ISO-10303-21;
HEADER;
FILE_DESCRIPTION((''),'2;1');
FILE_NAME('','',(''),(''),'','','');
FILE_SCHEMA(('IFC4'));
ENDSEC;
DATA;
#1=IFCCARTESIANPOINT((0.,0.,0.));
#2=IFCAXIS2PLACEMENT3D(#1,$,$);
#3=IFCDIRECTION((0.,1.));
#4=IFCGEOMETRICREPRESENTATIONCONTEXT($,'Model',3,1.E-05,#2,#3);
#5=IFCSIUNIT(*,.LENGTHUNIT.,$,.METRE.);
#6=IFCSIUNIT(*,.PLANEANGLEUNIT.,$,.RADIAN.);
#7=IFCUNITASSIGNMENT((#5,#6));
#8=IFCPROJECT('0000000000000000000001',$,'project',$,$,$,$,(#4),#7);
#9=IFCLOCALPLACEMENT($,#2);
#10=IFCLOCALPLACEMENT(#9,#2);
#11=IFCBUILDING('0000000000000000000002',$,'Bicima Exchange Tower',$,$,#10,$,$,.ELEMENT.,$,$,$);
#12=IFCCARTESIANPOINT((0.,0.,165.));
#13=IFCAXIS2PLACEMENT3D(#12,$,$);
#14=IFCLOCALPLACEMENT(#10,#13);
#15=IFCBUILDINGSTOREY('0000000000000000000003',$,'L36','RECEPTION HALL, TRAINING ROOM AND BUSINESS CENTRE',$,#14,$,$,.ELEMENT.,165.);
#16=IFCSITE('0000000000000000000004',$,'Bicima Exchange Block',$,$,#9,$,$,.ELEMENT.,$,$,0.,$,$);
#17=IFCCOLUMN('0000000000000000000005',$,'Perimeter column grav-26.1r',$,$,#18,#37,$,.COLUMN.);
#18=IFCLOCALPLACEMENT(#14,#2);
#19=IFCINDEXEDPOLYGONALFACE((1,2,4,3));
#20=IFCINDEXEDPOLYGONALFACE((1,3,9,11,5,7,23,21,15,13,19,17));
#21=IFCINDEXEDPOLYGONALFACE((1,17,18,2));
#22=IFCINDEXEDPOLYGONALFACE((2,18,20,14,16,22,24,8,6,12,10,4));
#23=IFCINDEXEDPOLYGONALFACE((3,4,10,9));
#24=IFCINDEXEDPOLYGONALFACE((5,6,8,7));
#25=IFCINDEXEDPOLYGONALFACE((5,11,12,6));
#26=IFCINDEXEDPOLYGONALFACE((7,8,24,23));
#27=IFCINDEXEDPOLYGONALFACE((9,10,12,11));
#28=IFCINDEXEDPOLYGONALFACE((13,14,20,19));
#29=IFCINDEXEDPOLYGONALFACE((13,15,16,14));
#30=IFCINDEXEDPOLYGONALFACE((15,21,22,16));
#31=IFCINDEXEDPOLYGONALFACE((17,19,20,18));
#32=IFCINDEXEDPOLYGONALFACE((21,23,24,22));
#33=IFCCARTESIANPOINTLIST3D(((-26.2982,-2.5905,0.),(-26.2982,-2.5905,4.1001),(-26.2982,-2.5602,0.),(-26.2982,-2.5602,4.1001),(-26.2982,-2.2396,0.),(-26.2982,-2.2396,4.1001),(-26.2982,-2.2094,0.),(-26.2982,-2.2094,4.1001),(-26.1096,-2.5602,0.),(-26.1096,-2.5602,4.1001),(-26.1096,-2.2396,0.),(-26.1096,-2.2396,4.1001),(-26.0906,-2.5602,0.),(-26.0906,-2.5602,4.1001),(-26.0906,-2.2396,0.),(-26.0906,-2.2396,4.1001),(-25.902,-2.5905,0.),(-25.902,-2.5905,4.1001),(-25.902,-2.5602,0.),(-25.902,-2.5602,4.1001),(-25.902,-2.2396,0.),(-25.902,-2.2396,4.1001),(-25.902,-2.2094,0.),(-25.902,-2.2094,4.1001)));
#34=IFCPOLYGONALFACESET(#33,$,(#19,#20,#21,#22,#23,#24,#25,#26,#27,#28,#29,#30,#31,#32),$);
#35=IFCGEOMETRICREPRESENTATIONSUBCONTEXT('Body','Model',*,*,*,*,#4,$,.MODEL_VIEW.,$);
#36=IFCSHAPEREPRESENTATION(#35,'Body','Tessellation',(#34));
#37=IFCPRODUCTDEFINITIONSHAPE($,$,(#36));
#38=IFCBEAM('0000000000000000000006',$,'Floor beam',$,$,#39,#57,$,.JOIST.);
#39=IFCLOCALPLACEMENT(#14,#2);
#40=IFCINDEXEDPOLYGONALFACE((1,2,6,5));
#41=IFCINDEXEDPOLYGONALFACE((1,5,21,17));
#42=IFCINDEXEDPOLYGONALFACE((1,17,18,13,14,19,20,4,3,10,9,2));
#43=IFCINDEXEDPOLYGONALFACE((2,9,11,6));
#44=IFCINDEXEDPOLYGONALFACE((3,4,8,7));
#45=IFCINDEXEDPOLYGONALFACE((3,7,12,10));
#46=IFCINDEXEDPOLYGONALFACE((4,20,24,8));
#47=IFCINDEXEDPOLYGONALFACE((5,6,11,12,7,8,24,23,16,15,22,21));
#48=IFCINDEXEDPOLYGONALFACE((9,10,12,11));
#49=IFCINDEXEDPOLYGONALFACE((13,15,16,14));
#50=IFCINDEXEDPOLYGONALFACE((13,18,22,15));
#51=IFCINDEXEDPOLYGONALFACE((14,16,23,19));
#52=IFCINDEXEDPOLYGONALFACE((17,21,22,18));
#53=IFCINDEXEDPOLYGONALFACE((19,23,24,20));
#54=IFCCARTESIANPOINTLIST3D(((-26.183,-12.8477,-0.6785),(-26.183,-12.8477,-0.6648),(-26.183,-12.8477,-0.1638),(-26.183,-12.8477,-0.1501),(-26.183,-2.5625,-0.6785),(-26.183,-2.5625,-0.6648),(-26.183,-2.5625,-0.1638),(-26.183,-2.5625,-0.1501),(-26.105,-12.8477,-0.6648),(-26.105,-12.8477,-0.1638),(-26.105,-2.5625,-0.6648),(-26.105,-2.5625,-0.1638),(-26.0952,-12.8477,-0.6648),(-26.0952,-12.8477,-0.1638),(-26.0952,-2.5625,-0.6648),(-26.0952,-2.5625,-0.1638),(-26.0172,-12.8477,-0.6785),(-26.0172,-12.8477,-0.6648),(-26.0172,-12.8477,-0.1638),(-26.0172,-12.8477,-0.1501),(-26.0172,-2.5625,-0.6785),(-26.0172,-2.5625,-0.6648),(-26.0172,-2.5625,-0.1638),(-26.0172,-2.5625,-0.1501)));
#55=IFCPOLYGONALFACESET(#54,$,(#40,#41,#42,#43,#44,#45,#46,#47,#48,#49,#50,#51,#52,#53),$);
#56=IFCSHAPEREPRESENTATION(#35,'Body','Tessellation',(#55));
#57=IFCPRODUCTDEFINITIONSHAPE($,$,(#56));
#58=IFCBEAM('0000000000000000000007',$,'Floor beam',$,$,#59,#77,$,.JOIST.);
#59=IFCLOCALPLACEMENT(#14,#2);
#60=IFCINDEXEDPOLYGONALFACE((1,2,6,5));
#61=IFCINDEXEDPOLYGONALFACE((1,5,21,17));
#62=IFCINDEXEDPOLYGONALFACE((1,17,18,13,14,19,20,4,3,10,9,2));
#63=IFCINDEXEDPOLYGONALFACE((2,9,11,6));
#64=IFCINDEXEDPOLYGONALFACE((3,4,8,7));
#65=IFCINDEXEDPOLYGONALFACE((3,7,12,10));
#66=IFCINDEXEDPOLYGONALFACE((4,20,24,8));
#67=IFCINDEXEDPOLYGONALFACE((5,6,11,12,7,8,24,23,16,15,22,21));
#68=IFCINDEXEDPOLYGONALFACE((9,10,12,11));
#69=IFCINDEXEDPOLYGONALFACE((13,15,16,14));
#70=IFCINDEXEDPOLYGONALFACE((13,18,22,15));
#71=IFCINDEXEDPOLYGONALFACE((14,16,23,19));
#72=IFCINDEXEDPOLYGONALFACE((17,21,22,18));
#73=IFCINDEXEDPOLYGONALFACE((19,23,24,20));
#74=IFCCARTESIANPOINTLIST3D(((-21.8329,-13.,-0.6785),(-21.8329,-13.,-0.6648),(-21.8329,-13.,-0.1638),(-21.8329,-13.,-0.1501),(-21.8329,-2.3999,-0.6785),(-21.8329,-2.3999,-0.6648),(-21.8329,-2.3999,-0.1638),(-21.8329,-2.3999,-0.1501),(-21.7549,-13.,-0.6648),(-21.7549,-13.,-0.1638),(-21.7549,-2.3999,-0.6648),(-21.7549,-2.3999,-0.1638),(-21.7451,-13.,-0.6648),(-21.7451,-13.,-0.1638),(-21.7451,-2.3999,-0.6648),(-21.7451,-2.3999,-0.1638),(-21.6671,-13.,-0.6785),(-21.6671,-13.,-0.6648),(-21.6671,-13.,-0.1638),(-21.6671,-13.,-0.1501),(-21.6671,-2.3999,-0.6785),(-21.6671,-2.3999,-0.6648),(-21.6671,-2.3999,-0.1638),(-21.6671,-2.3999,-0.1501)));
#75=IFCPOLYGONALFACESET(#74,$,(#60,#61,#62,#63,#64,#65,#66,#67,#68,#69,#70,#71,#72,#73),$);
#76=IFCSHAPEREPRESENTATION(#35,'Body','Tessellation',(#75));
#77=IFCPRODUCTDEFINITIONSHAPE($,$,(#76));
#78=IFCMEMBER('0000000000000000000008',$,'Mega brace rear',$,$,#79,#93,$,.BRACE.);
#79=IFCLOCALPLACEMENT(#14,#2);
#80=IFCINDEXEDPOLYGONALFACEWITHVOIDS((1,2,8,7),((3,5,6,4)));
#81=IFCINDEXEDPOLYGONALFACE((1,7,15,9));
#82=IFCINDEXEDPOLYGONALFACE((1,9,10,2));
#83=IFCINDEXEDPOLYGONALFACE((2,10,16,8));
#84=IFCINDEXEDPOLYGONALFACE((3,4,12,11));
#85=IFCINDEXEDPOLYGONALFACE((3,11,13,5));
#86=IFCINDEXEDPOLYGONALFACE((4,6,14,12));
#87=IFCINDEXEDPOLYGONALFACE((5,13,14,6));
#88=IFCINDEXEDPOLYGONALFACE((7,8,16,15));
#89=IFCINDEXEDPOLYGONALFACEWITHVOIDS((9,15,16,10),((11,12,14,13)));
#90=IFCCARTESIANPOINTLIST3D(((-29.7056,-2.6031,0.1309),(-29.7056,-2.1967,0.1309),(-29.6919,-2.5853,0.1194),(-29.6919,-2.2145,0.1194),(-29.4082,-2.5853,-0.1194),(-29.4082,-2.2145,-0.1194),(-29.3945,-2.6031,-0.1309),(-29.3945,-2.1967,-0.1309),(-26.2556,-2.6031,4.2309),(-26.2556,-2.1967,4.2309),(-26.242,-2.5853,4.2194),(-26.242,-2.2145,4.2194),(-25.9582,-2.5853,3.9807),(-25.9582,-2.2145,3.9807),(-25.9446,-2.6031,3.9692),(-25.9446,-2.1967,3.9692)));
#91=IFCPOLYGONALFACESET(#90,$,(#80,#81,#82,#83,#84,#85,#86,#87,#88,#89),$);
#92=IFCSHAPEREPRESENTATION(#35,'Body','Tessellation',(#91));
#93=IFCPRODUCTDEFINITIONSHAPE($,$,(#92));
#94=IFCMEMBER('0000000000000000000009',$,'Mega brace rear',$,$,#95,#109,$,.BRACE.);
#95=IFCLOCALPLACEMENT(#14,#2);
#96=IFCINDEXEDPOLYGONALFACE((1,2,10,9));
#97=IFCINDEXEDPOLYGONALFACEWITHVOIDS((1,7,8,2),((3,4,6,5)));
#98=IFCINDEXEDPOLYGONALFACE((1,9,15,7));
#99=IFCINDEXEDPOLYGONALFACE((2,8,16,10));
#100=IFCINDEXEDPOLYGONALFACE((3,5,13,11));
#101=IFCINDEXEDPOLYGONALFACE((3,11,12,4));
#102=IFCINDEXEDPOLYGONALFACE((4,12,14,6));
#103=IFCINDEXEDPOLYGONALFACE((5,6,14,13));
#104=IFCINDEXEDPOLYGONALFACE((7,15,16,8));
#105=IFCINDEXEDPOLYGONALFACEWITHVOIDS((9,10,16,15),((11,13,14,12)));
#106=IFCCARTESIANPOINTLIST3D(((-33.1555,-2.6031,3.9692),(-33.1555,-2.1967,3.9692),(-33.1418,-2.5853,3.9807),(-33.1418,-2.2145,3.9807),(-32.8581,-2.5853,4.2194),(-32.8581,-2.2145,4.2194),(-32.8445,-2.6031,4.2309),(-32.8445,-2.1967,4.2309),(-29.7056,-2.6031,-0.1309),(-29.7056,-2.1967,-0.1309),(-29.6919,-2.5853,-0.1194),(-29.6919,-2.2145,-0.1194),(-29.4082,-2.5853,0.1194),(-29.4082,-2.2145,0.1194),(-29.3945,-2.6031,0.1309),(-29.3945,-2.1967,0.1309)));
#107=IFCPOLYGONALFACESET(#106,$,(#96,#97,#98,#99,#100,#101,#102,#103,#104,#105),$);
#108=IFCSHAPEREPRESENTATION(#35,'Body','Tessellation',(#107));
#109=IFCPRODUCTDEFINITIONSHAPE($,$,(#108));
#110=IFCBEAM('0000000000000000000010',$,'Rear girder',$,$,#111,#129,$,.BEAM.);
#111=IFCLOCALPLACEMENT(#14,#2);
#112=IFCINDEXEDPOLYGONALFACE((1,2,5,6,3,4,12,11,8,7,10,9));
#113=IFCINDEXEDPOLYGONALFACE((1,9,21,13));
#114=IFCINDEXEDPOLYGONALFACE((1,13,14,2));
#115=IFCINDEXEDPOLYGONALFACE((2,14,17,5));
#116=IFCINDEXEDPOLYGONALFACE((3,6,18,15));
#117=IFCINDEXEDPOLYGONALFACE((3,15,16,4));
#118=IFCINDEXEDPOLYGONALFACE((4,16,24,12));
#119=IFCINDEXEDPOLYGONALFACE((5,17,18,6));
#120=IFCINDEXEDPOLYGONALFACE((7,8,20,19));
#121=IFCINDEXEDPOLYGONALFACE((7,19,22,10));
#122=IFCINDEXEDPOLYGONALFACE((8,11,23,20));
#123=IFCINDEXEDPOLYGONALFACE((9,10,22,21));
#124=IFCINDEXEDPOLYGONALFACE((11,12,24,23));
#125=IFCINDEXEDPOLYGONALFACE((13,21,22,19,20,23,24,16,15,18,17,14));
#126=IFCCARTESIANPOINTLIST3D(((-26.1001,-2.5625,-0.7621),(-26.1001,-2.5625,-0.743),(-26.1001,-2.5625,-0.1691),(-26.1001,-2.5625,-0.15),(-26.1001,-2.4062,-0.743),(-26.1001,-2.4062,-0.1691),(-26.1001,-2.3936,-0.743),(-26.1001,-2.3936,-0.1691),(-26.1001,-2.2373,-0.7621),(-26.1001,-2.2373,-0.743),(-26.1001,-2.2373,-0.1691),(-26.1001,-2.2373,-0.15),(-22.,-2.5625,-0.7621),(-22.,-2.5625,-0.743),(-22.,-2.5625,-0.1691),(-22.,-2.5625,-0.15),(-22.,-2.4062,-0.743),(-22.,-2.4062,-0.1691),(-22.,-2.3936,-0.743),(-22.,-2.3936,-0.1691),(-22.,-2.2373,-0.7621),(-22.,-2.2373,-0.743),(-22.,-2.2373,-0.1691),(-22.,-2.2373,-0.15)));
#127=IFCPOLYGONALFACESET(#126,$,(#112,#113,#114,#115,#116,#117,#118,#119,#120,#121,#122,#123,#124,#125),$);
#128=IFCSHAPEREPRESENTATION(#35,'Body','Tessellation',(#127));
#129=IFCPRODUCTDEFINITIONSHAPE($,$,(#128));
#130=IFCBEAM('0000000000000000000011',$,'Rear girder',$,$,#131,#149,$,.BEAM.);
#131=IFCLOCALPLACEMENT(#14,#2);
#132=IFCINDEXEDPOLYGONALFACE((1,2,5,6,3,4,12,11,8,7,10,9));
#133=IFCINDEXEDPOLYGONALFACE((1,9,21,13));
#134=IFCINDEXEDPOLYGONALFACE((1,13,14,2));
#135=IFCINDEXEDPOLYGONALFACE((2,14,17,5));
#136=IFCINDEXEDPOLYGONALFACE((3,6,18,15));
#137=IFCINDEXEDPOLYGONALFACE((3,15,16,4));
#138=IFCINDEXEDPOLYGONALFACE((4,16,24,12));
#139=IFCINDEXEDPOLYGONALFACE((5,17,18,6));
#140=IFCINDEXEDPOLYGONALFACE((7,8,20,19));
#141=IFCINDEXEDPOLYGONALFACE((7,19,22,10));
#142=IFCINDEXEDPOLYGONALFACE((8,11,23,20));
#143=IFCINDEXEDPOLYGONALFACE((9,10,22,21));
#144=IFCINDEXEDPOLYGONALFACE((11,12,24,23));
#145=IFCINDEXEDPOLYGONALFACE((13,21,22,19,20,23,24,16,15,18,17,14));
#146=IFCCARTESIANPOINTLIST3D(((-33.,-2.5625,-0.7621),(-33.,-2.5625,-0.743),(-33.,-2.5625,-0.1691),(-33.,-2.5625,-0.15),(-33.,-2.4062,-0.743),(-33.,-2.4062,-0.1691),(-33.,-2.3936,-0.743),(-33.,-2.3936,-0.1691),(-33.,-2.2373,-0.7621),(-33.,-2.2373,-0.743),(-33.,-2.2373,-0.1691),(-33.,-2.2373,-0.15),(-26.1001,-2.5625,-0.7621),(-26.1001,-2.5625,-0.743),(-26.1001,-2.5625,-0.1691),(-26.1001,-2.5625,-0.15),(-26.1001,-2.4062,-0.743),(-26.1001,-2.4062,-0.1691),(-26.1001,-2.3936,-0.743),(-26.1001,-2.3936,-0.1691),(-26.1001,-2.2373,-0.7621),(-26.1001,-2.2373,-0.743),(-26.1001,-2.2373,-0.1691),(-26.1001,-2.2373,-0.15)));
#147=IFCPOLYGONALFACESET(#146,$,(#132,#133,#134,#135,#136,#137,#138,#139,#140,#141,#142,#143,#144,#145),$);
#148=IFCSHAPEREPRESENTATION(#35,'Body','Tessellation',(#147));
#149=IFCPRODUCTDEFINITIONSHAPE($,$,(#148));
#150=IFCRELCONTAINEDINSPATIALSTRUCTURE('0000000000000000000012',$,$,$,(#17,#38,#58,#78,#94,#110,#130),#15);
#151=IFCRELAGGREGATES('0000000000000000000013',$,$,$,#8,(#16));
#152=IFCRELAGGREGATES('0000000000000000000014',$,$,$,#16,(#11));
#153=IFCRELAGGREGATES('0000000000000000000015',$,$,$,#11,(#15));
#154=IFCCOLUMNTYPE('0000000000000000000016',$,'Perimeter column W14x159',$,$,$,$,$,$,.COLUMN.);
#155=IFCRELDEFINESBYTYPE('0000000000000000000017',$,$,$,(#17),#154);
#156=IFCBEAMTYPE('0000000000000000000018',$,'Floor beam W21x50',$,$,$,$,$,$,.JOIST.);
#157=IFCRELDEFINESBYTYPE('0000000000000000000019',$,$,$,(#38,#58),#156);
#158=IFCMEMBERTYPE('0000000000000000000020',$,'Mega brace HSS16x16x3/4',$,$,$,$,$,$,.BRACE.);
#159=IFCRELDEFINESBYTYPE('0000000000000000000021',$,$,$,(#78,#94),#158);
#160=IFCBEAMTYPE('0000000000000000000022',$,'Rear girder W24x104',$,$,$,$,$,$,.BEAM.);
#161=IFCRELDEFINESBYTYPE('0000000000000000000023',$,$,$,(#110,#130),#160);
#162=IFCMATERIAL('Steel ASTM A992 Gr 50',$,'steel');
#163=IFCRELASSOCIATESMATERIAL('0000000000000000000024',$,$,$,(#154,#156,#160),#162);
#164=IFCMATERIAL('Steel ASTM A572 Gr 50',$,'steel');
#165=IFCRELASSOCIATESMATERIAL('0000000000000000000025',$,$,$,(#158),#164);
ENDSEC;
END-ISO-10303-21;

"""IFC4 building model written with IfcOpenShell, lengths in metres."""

from ifc_helpers import new_model, si_unit, direction, frame, origin, origin_2d, place, context, subcontext, project, spatial, hollow_rectangle, i_section, extrude, material, material_profile, profile_set, type_object, element, save


model = new_model("IFC4")

# Units and contexts
model_context = context("Model", 3, precision=1e-05, world=origin(), true_north=direction((0.0, 1.0)))
body_context = subcontext(model_context, "Body", "Model", "MODEL_VIEW")
ifc_project = project(units=[si_unit("LENGTHUNIT", "METRE"), si_unit("PLANEANGLEUNIT", "RADIAN")], contexts=[model_context])

# Site, building, storey
site_placement = place(None, origin())
site = spatial("IfcSite", under=ifc_project, at=site_placement, Name="Bicima Exchange Block", CompositionType="ELEMENT", RefElevation=0.0)
building_placement = place(site_placement, origin())
building = spatial("IfcBuilding", under=site, at=building_placement, Name="Bicima Exchange Tower", CompositionType="ELEMENT")
storey_placement = place(building_placement, frame((0.0, 0.0, 165.0)))
storey = spatial("IfcBuildingStorey", under=building, at=storey_placement, Name="L36", Description="RECEPTION HALL, TRAINING ROOM AND BUSINESS CENTRE", CompositionType="ELEMENT", Elevation=165.0)

# Column
ifc_material_1 = material(Name="Steel ASTM A992 Gr 50", Category="steel")
ifc_material_profile_1 = material_profile(ifc_material_1, i_section(OverallWidth=0.3962, OverallDepth=0.3811, WebThickness=0.019, FlangeThickness=0.0303, at=origin_2d()))
ifc_profile_set_1 = profile_set([ifc_material_profile_1], Name="Steel ASTM A992 Gr 50")
column_type = type_object("IfcColumnType", Name="Perimeter column W14x159", PredefinedType="COLUMN", material=ifc_profile_set_1)
column_placement = place(storey_placement, frame((-26.1001, -2.3999, 0.0), z_axis=(0.0, 0.0, 1.0), x_axis=(1.0, 0.0, 0.0)))
element("IfcColumn", 1, at=column_placement, inside=storey, type_object=column_type, Name="Perimeter column grav-26.1r", PredefinedType="COLUMN", context=body_context, shape_type="SweptSolid", body=[
    extrude(i_section(OverallWidth=0.3962, OverallDepth=0.3811, WebThickness=0.019, FlangeThickness=0.0303, at=origin_2d()), origin(), (0.0, 0.0, 1.0), 4.1001),
])

# Beams
ifc_material_profile_2 = material_profile(ifc_material_1, i_section(OverallWidth=0.1658, OverallDepth=0.5283, WebThickness=0.0098, FlangeThickness=0.0137, at=origin_2d()))
ifc_profile_set_2 = profile_set([ifc_material_profile_2], Name="Steel ASTM A992 Gr 50")
beam_type_1 = type_object("IfcBeamType", Name="Floor beam W21x50", PredefinedType="JOIST", material=ifc_profile_set_2)
beam_1_placement = place(storey_placement, frame((-26.1001, -2.5625, -0.4143), z_axis=(0.0, -1.0, 0.0), x_axis=(1.0, 0.0, 0.0)))
element("IfcBeam", 2, at=beam_1_placement, inside=storey, type_object=beam_type_1, Name="Floor beam", PredefinedType="JOIST", context=body_context, shape_type="SweptSolid", body=[
    extrude(i_section(OverallWidth=0.1658, OverallDepth=0.5283, WebThickness=0.0098, FlangeThickness=0.0137, at=origin_2d()), origin(), (0.0, 0.0, 1.0), 10.2852),
])
beam_2_placement = place(storey_placement, frame((-21.75, -2.3999, -0.4143), z_axis=(0.0, -1.0, 0.0), x_axis=(1.0, 0.0, 0.0)))
element("IfcBeam", 3, at=beam_2_placement, inside=storey, type_object=beam_type_1, Name="Floor beam", PredefinedType="JOIST", context=body_context, shape_type="SweptSolid", body=[
    extrude(i_section(OverallWidth=0.1658, OverallDepth=0.5283, WebThickness=0.0098, FlangeThickness=0.0137, at=origin_2d()), origin(), (0.0, 0.0, 1.0), 10.6001),
])

# Members
ifc_material_2 = material(Name="Steel ASTM A572 Gr 50", Category="steel")
ifc_material_profile_3 = material_profile(ifc_material_2, hollow_rectangle(XDim=0.4065, YDim=0.4065, WallThickness=0.0178, at=origin_2d()))
ifc_profile_set_3 = profile_set([ifc_material_profile_3], Name="Steel ASTM A572 Gr 50")
member_type = type_object("IfcMemberType", Name="Mega brace HSS16x16x3/4", PredefinedType="BRACE", material=ifc_profile_set_3)
for number, where, z_axis, x_axis, name in (
    (4, (-29.55, -2.3999, 0.0), (0.643834, 0.0, 0.765165), (0.0, 1.0, 0.0), "Mega brace rear"),
    (5, (-29.55, -2.3999, 0.0), (-0.643834, 0.0, 0.765165), (0.0, -1.0, 0.0), "Mega brace rear"),
):
    element("IfcMember", number, at=place(storey_placement, frame(where, z_axis=z_axis, x_axis=x_axis)), inside=storey, type_object=member_type, Name=name, PredefinedType="BRACE", context=body_context, shape_type="SweptSolid", body=[
        extrude(hollow_rectangle(XDim=0.4065, YDim=0.4065, WallThickness=0.0178, at=origin_2d()), origin(), (0.0, 0.0, 1.0), 5.3584),
    ])

# Beams
ifc_material_profile_4 = material_profile(ifc_material_1, i_section(OverallWidth=0.3252, OverallDepth=0.6121, WebThickness=0.0127, FlangeThickness=0.019, at=origin_2d()))
ifc_profile_set_4 = profile_set([ifc_material_profile_4], Name="Steel ASTM A992 Gr 50")
beam_type_2 = type_object("IfcBeamType", Name="Rear girder W24x104", PredefinedType="BEAM", material=ifc_profile_set_4)
beam_3_placement = place(storey_placement, frame((-22.0, -2.3999, -0.4561), z_axis=(-1.0, 0.0, 0.0), x_axis=(0.0, -1.0, 0.0)))
element("IfcBeam", 6, at=beam_3_placement, inside=storey, type_object=beam_type_2, Name="Rear girder", PredefinedType="BEAM", context=body_context, shape_type="SweptSolid", body=[
    extrude(i_section(OverallWidth=0.3252, OverallDepth=0.6121, WebThickness=0.0127, FlangeThickness=0.019, at=origin_2d()), origin(), (0.0, 0.0, 1.0), 4.1001),
])
beam_4_placement = place(storey_placement, frame((-26.1001, -2.3999, -0.4561), z_axis=(-1.0, 0.0, 0.0), x_axis=(0.0, -1.0, 0.0)))
element("IfcBeam", 7, at=beam_4_placement, inside=storey, type_object=beam_type_2, Name="Rear girder", PredefinedType="BEAM", context=body_context, shape_type="SweptSolid", body=[
    extrude(i_section(OverallWidth=0.3252, OverallDepth=0.6121, WebThickness=0.0127, FlangeThickness=0.019, at=origin_2d()), origin(), (0.0, 0.0, 1.0), 6.8999),
])

save(model, "model.ifc")
